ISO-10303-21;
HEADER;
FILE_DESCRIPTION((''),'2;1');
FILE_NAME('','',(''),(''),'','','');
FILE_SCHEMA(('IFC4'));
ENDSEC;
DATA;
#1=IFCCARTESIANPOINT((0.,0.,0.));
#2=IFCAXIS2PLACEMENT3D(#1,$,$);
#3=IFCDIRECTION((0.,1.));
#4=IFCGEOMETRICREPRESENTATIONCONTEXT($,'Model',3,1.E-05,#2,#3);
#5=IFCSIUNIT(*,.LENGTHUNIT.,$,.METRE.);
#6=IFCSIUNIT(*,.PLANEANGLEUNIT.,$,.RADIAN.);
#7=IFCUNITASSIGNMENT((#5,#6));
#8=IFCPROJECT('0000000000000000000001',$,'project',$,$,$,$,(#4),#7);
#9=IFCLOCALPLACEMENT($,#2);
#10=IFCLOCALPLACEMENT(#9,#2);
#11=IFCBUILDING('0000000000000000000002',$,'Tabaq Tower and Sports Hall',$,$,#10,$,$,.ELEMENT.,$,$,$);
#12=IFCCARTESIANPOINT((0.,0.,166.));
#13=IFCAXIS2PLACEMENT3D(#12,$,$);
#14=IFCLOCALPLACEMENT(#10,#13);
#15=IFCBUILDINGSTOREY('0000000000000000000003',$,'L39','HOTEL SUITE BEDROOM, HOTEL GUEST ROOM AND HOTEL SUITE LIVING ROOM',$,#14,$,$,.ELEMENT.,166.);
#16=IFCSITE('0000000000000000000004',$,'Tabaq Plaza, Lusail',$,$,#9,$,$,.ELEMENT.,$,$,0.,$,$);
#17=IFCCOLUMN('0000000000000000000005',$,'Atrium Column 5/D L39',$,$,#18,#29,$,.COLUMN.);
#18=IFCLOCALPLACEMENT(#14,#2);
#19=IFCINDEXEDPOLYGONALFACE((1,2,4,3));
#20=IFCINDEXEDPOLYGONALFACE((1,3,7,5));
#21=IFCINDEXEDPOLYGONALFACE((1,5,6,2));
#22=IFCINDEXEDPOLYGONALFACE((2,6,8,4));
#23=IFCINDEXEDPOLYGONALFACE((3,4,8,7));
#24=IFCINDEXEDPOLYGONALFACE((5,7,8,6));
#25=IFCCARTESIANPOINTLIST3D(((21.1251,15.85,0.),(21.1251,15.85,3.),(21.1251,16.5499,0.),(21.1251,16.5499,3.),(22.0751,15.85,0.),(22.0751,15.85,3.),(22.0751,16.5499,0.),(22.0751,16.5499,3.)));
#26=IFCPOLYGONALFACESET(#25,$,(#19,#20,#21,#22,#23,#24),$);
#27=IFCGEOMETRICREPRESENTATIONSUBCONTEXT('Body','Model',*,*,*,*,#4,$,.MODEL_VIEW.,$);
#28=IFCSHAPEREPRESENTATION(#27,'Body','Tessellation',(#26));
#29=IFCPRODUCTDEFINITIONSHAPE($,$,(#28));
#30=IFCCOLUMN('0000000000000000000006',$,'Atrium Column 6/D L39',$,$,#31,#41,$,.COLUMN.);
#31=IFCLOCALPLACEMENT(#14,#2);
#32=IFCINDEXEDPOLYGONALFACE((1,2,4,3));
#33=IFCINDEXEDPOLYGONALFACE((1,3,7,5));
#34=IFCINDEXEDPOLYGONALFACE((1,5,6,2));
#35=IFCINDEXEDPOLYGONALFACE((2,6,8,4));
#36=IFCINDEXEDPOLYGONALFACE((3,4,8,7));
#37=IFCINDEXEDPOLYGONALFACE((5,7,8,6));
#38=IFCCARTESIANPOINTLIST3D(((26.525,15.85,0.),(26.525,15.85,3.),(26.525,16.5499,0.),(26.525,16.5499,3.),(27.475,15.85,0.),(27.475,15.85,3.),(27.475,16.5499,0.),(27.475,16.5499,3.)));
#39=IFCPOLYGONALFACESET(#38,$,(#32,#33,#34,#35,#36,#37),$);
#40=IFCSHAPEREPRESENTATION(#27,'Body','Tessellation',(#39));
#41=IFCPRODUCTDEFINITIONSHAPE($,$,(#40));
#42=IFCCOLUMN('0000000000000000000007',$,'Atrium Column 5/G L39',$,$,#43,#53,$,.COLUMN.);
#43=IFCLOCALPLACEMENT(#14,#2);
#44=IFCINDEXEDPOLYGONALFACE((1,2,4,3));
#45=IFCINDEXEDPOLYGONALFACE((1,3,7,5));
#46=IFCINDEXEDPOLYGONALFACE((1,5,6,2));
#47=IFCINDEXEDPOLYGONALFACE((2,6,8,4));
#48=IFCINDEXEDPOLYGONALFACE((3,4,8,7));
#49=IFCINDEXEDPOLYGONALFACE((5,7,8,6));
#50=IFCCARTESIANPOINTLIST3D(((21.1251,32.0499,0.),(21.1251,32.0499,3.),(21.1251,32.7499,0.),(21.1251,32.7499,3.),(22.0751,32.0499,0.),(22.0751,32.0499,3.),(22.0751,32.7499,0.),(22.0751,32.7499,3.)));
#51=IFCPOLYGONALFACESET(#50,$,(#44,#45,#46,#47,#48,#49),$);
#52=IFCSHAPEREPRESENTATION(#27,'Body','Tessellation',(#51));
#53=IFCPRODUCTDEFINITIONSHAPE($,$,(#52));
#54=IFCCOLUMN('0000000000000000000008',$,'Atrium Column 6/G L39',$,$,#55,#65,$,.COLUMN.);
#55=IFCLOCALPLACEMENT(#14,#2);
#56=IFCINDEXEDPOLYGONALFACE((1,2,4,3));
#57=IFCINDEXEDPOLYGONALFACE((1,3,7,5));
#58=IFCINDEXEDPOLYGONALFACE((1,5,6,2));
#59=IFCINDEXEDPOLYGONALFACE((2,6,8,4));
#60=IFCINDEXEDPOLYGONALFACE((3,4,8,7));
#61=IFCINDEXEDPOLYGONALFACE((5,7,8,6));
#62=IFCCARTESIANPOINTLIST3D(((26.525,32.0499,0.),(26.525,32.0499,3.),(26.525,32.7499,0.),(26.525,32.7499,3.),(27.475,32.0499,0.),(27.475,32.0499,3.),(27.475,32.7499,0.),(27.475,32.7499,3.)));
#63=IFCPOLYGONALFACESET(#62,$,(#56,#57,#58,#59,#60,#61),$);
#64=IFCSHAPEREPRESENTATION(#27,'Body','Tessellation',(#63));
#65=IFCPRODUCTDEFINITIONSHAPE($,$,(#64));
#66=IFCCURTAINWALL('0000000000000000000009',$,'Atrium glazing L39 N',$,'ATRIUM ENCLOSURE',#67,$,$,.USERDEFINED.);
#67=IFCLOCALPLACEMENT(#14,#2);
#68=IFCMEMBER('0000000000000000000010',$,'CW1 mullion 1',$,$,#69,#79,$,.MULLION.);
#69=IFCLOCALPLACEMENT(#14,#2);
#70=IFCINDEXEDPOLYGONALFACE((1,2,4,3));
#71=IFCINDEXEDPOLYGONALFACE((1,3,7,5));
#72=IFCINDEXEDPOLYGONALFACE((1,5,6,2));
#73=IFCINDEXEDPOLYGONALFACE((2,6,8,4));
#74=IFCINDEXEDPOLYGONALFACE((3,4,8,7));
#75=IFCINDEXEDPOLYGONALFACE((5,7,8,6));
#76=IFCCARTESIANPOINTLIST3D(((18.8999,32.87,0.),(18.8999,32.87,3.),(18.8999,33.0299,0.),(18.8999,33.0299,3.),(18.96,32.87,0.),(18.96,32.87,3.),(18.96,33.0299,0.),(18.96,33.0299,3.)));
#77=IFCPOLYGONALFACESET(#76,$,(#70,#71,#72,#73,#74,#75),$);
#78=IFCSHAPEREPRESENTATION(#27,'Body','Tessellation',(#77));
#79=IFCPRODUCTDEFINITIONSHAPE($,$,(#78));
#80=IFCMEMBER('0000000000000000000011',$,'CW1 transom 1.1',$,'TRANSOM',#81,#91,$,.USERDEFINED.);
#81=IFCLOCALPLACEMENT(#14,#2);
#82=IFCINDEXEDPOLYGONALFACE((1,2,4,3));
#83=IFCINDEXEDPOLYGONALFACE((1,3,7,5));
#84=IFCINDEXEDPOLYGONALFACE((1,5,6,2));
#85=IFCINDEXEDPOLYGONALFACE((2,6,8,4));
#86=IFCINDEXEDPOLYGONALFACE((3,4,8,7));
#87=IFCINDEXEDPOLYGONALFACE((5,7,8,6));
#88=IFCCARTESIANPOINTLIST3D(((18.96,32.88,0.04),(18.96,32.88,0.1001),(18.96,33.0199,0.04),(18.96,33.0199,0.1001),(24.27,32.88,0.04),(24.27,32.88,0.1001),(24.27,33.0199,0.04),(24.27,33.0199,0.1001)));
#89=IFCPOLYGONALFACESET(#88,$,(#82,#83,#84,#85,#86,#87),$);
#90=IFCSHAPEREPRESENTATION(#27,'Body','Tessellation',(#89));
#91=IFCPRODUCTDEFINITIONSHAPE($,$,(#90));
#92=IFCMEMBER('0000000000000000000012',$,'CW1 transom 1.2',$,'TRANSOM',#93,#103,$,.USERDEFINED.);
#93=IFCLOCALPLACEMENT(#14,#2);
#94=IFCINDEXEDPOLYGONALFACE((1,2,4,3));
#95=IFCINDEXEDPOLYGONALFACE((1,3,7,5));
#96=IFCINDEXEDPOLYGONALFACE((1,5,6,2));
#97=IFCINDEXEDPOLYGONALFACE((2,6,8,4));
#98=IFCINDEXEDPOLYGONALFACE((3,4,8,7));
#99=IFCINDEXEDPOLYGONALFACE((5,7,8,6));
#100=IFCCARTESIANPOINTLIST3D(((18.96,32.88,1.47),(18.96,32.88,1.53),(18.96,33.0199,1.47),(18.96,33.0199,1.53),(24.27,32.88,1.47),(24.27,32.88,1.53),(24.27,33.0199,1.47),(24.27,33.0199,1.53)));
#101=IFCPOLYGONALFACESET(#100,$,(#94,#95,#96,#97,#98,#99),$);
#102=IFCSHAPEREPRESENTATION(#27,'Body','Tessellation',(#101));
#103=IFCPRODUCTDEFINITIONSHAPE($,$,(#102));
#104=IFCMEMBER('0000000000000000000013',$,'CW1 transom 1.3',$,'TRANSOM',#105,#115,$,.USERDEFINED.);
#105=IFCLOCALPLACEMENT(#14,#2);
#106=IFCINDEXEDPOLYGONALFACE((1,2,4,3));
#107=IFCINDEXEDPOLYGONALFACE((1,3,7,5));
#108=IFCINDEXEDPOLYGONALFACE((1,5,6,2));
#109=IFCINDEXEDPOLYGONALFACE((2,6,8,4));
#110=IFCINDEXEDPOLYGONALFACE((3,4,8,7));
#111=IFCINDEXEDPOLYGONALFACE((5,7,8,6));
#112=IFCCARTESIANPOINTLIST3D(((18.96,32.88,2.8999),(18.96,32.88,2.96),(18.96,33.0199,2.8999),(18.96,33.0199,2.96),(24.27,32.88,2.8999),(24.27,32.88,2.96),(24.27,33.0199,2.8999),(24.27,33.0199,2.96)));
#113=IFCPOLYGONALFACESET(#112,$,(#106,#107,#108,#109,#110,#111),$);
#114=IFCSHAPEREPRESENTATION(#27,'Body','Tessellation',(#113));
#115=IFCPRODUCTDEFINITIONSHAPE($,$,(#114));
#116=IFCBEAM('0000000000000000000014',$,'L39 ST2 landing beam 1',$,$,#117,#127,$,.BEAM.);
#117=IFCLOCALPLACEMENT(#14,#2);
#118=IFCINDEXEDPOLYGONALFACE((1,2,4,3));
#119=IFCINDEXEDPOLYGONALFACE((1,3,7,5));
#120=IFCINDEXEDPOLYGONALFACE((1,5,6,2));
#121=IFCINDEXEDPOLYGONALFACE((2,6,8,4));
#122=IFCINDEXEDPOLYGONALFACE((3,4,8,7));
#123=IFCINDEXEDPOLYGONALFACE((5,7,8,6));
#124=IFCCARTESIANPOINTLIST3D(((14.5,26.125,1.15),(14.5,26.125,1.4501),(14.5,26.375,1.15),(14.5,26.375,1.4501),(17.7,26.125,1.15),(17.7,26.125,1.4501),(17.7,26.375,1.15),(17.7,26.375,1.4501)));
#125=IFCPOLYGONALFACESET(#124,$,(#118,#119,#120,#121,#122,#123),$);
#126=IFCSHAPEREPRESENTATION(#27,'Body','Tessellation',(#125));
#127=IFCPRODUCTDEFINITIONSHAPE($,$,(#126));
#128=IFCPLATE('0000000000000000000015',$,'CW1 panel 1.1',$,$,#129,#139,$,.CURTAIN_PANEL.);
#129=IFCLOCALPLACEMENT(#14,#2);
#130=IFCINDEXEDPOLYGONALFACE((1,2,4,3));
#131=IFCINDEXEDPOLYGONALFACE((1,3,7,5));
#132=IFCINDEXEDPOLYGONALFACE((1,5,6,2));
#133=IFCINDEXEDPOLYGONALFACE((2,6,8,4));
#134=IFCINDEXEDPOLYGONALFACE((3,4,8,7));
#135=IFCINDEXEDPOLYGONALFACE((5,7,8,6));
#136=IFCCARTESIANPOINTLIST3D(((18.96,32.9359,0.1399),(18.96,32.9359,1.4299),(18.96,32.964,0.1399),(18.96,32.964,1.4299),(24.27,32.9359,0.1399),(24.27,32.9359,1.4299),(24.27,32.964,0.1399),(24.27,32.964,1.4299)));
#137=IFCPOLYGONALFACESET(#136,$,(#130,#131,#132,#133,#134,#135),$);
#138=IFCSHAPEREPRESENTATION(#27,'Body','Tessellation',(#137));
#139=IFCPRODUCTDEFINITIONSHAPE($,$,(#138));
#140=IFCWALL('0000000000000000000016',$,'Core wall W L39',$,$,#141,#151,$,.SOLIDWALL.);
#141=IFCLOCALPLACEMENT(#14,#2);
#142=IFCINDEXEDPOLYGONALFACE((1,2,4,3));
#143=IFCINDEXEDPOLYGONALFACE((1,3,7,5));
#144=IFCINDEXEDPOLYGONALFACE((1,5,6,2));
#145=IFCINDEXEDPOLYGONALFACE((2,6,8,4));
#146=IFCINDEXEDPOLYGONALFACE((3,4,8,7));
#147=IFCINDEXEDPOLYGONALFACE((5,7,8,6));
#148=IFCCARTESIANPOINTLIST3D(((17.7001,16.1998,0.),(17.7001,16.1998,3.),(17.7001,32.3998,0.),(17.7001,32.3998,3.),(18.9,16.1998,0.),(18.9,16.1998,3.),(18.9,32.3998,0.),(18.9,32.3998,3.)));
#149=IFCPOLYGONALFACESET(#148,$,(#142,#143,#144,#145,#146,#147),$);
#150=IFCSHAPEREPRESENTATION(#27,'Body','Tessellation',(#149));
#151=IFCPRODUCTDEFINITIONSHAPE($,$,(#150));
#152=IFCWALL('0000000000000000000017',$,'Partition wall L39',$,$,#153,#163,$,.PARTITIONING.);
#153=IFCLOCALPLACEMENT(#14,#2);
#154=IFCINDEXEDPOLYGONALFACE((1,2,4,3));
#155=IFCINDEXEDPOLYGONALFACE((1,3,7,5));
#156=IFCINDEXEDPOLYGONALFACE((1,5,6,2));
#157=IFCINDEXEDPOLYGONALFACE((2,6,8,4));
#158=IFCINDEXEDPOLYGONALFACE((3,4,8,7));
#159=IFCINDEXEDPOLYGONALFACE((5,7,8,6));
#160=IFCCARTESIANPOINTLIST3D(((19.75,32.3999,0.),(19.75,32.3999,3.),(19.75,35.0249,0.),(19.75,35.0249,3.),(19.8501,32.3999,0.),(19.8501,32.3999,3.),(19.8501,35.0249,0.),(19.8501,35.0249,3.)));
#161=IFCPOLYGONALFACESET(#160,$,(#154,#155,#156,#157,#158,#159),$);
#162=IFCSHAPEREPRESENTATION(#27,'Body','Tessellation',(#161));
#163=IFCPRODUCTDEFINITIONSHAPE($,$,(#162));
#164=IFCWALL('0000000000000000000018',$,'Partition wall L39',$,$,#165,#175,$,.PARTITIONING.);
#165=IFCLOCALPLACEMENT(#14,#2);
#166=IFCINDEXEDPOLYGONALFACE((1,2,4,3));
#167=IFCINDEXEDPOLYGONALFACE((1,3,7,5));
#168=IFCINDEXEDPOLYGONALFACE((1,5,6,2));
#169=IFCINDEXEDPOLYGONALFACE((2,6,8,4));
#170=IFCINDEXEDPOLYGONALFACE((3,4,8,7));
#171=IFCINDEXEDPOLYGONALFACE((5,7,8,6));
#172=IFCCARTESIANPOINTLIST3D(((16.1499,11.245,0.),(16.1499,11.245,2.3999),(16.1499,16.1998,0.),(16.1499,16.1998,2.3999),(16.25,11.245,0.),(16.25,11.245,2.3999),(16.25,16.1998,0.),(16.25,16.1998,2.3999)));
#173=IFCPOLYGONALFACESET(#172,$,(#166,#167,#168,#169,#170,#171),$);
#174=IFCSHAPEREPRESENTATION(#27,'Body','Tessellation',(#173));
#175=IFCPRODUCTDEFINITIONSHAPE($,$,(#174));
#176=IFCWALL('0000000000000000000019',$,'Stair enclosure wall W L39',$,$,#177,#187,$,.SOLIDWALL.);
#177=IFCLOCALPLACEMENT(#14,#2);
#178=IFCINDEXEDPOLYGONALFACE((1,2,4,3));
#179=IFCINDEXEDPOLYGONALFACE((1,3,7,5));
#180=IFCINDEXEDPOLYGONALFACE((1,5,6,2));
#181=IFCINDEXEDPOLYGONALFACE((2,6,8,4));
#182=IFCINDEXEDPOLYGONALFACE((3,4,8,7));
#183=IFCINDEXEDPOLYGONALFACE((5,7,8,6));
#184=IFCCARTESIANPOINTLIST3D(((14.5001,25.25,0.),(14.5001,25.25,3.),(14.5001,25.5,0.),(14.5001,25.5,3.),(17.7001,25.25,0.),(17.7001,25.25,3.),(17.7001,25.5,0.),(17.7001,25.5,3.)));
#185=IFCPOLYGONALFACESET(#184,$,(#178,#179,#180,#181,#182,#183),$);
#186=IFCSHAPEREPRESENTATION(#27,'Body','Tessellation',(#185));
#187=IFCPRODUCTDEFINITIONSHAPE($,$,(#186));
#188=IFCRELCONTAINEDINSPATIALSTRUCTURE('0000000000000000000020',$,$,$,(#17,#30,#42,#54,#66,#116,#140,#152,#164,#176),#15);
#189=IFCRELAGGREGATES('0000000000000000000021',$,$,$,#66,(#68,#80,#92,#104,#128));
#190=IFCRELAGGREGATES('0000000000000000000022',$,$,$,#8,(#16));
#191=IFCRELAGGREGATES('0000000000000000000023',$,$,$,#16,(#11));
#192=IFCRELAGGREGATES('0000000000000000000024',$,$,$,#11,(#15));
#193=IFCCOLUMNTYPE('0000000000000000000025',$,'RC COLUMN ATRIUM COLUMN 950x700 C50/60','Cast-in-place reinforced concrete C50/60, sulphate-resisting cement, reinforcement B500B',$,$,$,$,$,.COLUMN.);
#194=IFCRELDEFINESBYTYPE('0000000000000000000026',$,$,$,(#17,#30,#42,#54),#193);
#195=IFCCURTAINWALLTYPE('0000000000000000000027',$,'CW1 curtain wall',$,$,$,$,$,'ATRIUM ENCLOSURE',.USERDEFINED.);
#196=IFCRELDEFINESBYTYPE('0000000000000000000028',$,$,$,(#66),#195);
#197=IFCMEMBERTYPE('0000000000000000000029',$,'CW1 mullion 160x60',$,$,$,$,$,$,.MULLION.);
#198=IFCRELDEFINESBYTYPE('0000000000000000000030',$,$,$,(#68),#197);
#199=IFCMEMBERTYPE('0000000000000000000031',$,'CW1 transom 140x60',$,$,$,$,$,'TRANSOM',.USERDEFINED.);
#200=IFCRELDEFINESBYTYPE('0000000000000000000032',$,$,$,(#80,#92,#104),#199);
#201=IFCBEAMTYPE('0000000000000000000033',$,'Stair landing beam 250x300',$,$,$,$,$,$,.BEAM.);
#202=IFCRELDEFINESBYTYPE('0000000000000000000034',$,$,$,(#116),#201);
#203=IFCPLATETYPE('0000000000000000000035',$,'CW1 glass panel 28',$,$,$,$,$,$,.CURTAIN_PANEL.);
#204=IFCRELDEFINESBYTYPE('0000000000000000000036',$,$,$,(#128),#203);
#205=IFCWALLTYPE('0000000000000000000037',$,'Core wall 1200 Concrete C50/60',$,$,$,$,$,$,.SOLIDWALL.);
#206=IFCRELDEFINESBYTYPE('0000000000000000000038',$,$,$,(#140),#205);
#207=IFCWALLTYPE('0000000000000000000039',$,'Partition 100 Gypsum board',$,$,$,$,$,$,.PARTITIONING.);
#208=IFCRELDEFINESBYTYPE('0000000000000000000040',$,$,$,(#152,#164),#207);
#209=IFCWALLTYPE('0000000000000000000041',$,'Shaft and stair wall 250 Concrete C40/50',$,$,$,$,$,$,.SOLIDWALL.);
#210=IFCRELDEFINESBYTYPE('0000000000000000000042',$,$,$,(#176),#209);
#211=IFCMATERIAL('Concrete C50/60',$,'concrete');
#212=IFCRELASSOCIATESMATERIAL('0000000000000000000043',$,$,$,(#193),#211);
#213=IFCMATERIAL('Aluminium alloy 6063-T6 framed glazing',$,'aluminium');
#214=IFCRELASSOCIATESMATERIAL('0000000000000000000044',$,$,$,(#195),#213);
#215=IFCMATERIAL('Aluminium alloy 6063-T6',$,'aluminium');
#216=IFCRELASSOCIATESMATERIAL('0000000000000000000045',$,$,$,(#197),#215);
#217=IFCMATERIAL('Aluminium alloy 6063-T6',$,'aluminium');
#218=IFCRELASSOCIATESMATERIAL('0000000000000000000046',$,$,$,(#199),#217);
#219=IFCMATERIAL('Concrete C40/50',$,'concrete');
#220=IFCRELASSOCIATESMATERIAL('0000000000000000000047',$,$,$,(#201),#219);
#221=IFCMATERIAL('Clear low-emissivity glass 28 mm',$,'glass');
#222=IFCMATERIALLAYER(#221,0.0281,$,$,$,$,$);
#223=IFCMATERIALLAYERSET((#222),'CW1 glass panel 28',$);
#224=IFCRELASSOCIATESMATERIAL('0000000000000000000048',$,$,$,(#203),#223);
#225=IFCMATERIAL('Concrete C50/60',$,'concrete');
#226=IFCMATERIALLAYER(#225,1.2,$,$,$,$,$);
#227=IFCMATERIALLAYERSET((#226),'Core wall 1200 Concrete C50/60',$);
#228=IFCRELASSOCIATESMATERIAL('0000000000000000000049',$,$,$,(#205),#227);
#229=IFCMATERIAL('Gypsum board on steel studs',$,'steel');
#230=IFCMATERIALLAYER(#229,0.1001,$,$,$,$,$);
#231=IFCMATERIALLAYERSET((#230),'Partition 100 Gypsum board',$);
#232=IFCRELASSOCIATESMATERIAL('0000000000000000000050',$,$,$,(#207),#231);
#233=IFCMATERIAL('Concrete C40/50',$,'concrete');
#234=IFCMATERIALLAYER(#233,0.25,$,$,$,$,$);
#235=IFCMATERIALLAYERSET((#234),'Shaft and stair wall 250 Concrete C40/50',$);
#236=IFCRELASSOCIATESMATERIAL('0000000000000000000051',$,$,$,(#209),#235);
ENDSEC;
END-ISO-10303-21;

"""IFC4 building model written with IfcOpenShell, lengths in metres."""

from ifc_helpers import new_model, si_unit, direction, frame, frame_2d, origin, origin_2d, place, context, subcontext, project, spatial, rectangle, extrude, material, layer, layer_set, material_profile, profile_set, type_object, element, aggregate, save


model = new_model("IFC4")

# Units and contexts
model_context = context("Model", 3, precision=1e-05, world=origin(), true_north=direction((0.0, 1.0)))
body_context = subcontext(model_context, "Body", "Model", "MODEL_VIEW")
ifc_project = project(units=[si_unit("LENGTHUNIT", "METRE"), si_unit("PLANEANGLEUNIT", "RADIAN")], contexts=[model_context])

# Site, building, storey
site_placement = place(None, origin())
site = spatial("IfcSite", under=ifc_project, at=site_placement, Name="Tabaq Plaza, Lusail", CompositionType="ELEMENT", RefElevation=0.0)
building_placement = place(site_placement, origin())
building = spatial("IfcBuilding", under=site, at=building_placement, Name="Tabaq Tower and Sports Hall", CompositionType="ELEMENT")
storey_placement = place(building_placement, frame((0.0, 0.0, 166.0)))
storey = spatial("IfcBuildingStorey", under=building, at=storey_placement, Name="L39", Description="HOTEL SUITE BEDROOM, HOTEL GUEST ROOM AND HOTEL SUITE LIVING ROOM", CompositionType="ELEMENT", Elevation=166.0)

# Columns
ifc_material_1 = material(Name="Concrete C50/60", Category="concrete")
ifc_material_profile_1 = material_profile(ifc_material_1, rectangle(XDim=0.95, YDim=0.7, at=origin_2d()), Name="ATRIUM COLUMN 950x700")
ifc_profile_set_1 = profile_set([ifc_material_profile_1], Name="Concrete C50/60")
column_type = type_object("IfcColumnType", Name="RC COLUMN ATRIUM COLUMN 950x700 C50/60", Description="Cast-in-place reinforced concrete C50/60, sulphate-resisting cement, reinforcement B500B", PredefinedType="COLUMN", material=ifc_profile_set_1)
for number, where, z_axis, x_axis, name in (
    (1, (21.6001, 16.2, 0.0), (0.0, 0.0, 1.0), (1.0, 0.0, 0.0), "Atrium Column 5/D L39"),
    (2, (27.0, 16.2, 0.0), (0.0, 0.0, 1.0), (1.0, 0.0, 0.0), "Atrium Column 6/D L39"),
    (3, (21.6001, 32.3999, 0.0), (0.0, 0.0, 1.0), (1.0, 0.0, 0.0), "Atrium Column 5/G L39"),
    (4, (27.0, 32.3999, 0.0), (0.0, 0.0, 1.0), (1.0, 0.0, 0.0), "Atrium Column 6/G L39"),
):
    element("IfcColumn", number, at=place(storey_placement, frame(where, z_axis=z_axis, x_axis=x_axis)), inside=storey, type_object=column_type, Name=name, PredefinedType="COLUMN", context=body_context, shape_type="SweptSolid", body=[
        extrude(rectangle(XDim=0.95, YDim=0.7, at=origin_2d()), origin(), (0.0, 0.0, 1.0), 3.0),
    ])

# Curtain wall, members
ifc_material_2 = material(Name="Aluminium alloy 6063-T6 framed glazing", Category="aluminium")
curtain_wall_type = type_object("IfcCurtainWallType", Name="CW1 curtain wall", ElementType="ATRIUM ENCLOSURE", PredefinedType="USERDEFINED", material=ifc_material_2)
curtain_wall_placement = place(storey_placement, origin())
curtain_wall = element("IfcCurtainWall", 5, at=curtain_wall_placement, inside=storey, type_object=curtain_wall_type, Name="Atrium glazing L39 N", ObjectType="ATRIUM ENCLOSURE", PredefinedType="USERDEFINED")
ifc_material_3 = material(Name="Aluminium alloy 6063-T6", Category="aluminium")
ifc_material_profile_2 = material_profile(ifc_material_3, rectangle(XDim=0.1599, YDim=0.0601, at=origin_2d()), Name="MULLION 160x60")
ifc_profile_set_2 = profile_set([ifc_material_profile_2], Name="Aluminium alloy 6063-T6")
member_type_1 = type_object("IfcMemberType", Name="CW1 mullion 160x60", PredefinedType="MULLION", material=ifc_profile_set_2)
member_1_placement = place(storey_placement, frame((18.9299, 32.95, 0.0), z_axis=(0.0, 0.0, 1.0), x_axis=(0.0, 1.0, 0.0)))
member_1 = element("IfcMember", 6, at=member_1_placement, type_object=member_type_1, Name="CW1 mullion 1", PredefinedType="MULLION", context=body_context, shape_type="SweptSolid", body=[
    extrude(rectangle(XDim=0.1599, YDim=0.0601, at=origin_2d()), origin(), (0.0, 0.0, 1.0), 3.0),
])
ifc_material_4 = material(Name="Aluminium alloy 6063-T6", Category="aluminium")
ifc_material_profile_3 = material_profile(ifc_material_4, rectangle(XDim=0.1399, YDim=0.0601, at=origin_2d()), Name="TRANSOM 140x60")
ifc_profile_set_3 = profile_set([ifc_material_profile_3], Name="Aluminium alloy 6063-T6")
member_type_2 = type_object("IfcMemberType", Name="CW1 transom 140x60", ElementType="TRANSOM", PredefinedType="USERDEFINED", material=ifc_profile_set_3)
member_2_placement = place(storey_placement, frame((18.96, 32.95, 0.0701), z_axis=(1.0, 0.0, 0.0), x_axis=(0.0, 1.0, 0.0)))
member_2 = element("IfcMember", 7, at=member_2_placement, type_object=member_type_2, Name="CW1 transom 1.1", ObjectType="TRANSOM", PredefinedType="USERDEFINED", context=body_context, shape_type="SweptSolid", body=[
    extrude(rectangle(XDim=0.1399, YDim=0.0601, at=origin_2d()), origin(), (0.0, 0.0, 1.0), 5.3101),
])
member_3_placement = place(storey_placement, frame((18.96, 32.95, 1.5), z_axis=(1.0, 0.0, 0.0), x_axis=(0.0, 1.0, 0.0)))
member_3 = element("IfcMember", 8, at=member_3_placement, type_object=member_type_2, Name="CW1 transom 1.2", ObjectType="TRANSOM", PredefinedType="USERDEFINED", context=body_context, shape_type="SweptSolid", body=[
    extrude(rectangle(XDim=0.1399, YDim=0.0601, at=origin_2d()), origin(), (0.0, 0.0, 1.0), 5.3101),
])
member_4_placement = place(storey_placement, frame((18.96, 32.95, 2.9299), z_axis=(1.0, 0.0, 0.0), x_axis=(0.0, 1.0, 0.0)))
member_4 = element("IfcMember", 9, at=member_4_placement, type_object=member_type_2, Name="CW1 transom 1.3", ObjectType="TRANSOM", PredefinedType="USERDEFINED", context=body_context, shape_type="SweptSolid", body=[
    extrude(rectangle(XDim=0.1399, YDim=0.0601, at=origin_2d()), origin(), (0.0, 0.0, 1.0), 5.3101),
])

# Beam
ifc_material_5 = material(Name="Concrete C40/50", Category="concrete")
ifc_material_profile_4 = material_profile(ifc_material_5, rectangle(XDim=0.25, YDim=0.3, at=origin_2d()), Name="RC 250x300")
ifc_profile_set_4 = profile_set([ifc_material_profile_4], Name="Concrete C40/50")
beam_type = type_object("IfcBeamType", Name="Stair landing beam 250x300", PredefinedType="BEAM", material=ifc_profile_set_4)
beam_placement = place(storey_placement, frame((14.5, 26.25, 1.3), z_axis=(1.0, 0.0, 0.0), x_axis=(0.0, 1.0, 0.0)))
element("IfcBeam", 10, at=beam_placement, inside=storey, type_object=beam_type, Name="L39 ST2 landing beam 1", PredefinedType="BEAM", context=body_context, shape_type="SweptSolid", body=[
    extrude(rectangle(XDim=0.25, YDim=0.3, at=origin_2d()), origin(), (0.0, 0.0, 1.0), 3.2),
])

# Plate
ifc_material_6 = material(Name="Clear low-emissivity glass 28 mm", Category="glass")
ifc_layer_1 = layer(ifc_material_6, 0.0281)
ifc_layer_set_1 = layer_set([ifc_layer_1], Name="CW1 glass panel 28")
plate_type = type_object("IfcPlateType", Name="CW1 glass panel 28", PredefinedType="CURTAIN_PANEL", material=ifc_layer_set_1)
plate_placement = place(storey_placement, frame((21.615, 32.95, 0.1399), z_axis=(0.0, 0.0, 1.0), x_axis=(1.0, 0.0, 0.0)))
plate = element("IfcPlate", 11, at=plate_placement, type_object=plate_type, Name="CW1 panel 1.1", PredefinedType="CURTAIN_PANEL", context=body_context, shape_type="SweptSolid", body=[
    extrude(rectangle(XDim=5.3101, YDim=0.0281, at=origin_2d()), origin(), (0.0, 0.0, 1.0), 1.29),
])
aggregate(curtain_wall, [member_1, member_2, member_3, member_4, plate])

# Wall
ifc_material_7 = material(Name="Concrete C50/60", Category="concrete")
ifc_layer_2 = layer(ifc_material_7, 1.2)
ifc_layer_set_2 = layer_set([ifc_layer_2], Name="Core wall 1200 Concrete C50/60")
wall_type_1 = type_object("IfcWallType", Name="Core wall 1200 Concrete C50/60", PredefinedType="SOLIDWALL", material=ifc_layer_set_2)
wall_1_placement = place(storey_placement, frame((18.3, 32.3999, 0.0), z_axis=(0.0, 0.0, 1.0), x_axis=(0.0, -1.0, 0.0)))
element("IfcWall", 12, at=wall_1_placement, inside=storey, type_object=wall_type_1, Name="Core wall W L39", PredefinedType="SOLIDWALL", context=body_context, shape_type="SweptSolid", body=[
    extrude(rectangle(XDim=16.2, YDim=1.2, at=frame_2d((8.1001, 0.0))), origin(), (0.0, 0.0, 1.0), 3.0),
])

# Walls
ifc_material_8 = material(Name="Gypsum board on steel studs", Category="steel")
ifc_layer_3 = layer(ifc_material_8, 0.1001)
ifc_layer_set_3 = layer_set([ifc_layer_3], Name="Partition 100 Gypsum board")
wall_type_2 = type_object("IfcWallType", Name="Partition 100 Gypsum board", PredefinedType="PARTITIONING", material=ifc_layer_set_3)
wall_2_placement = place(storey_placement, frame((19.8, 32.3999, 0.0), z_axis=(0.0, 0.0, 1.0), x_axis=(0.0, 1.0, 0.0)))
element("IfcWall", 13, at=wall_2_placement, inside=storey, type_object=wall_type_2, Name="Partition wall L39", PredefinedType="PARTITIONING", context=body_context, shape_type="SweptSolid", body=[
    extrude(rectangle(XDim=2.625, YDim=0.1001, at=frame_2d((1.3125, 0.0))), origin(), (0.0, 0.0, 1.0), 3.0),
])
wall_3_placement = place(storey_placement, frame((16.2, 16.2, 0.0), z_axis=(0.0, 0.0, 1.0), x_axis=(0.0, -1.0, 0.0)))
element("IfcWall", 14, at=wall_3_placement, inside=storey, type_object=wall_type_2, Name="Partition wall L39", PredefinedType="PARTITIONING", context=body_context, shape_type="SweptSolid", body=[
    extrude(rectangle(XDim=4.9548, YDim=0.1001, at=frame_2d((2.4775, 0.0))), origin(), (0.0, 0.0, 1.0), 2.3999),
])
ifc_material_9 = material(Name="Concrete C40/50", Category="concrete")
ifc_layer_4 = layer(ifc_material_9, 0.25)
ifc_layer_set_4 = layer_set([ifc_layer_4], Name="Shaft and stair wall 250 Concrete C40/50")
wall_type_3 = type_object("IfcWallType", Name="Shaft and stair wall 250 Concrete C40/50", PredefinedType="SOLIDWALL", material=ifc_layer_set_4)
for number, where, z_axis, x_axis, name in (
    (15, (14.5, 25.375, 0.0), (0.0, 0.0, 1.0), (1.0, 0.0, 0.0), "Stair enclosure wall W L39"),
):
    element("IfcWall", number, at=place(storey_placement, frame(where, z_axis=z_axis, x_axis=x_axis)), inside=storey, type_object=wall_type_3, Name=name, PredefinedType="SOLIDWALL", context=body_context, shape_type="SweptSolid", body=[
        extrude(rectangle(XDim=3.2, YDim=0.25, at=frame_2d((1.6001, 0.0))), origin(), (0.0, 0.0, 1.0), 3.0),
    ])

save(model, "model.ifc")
